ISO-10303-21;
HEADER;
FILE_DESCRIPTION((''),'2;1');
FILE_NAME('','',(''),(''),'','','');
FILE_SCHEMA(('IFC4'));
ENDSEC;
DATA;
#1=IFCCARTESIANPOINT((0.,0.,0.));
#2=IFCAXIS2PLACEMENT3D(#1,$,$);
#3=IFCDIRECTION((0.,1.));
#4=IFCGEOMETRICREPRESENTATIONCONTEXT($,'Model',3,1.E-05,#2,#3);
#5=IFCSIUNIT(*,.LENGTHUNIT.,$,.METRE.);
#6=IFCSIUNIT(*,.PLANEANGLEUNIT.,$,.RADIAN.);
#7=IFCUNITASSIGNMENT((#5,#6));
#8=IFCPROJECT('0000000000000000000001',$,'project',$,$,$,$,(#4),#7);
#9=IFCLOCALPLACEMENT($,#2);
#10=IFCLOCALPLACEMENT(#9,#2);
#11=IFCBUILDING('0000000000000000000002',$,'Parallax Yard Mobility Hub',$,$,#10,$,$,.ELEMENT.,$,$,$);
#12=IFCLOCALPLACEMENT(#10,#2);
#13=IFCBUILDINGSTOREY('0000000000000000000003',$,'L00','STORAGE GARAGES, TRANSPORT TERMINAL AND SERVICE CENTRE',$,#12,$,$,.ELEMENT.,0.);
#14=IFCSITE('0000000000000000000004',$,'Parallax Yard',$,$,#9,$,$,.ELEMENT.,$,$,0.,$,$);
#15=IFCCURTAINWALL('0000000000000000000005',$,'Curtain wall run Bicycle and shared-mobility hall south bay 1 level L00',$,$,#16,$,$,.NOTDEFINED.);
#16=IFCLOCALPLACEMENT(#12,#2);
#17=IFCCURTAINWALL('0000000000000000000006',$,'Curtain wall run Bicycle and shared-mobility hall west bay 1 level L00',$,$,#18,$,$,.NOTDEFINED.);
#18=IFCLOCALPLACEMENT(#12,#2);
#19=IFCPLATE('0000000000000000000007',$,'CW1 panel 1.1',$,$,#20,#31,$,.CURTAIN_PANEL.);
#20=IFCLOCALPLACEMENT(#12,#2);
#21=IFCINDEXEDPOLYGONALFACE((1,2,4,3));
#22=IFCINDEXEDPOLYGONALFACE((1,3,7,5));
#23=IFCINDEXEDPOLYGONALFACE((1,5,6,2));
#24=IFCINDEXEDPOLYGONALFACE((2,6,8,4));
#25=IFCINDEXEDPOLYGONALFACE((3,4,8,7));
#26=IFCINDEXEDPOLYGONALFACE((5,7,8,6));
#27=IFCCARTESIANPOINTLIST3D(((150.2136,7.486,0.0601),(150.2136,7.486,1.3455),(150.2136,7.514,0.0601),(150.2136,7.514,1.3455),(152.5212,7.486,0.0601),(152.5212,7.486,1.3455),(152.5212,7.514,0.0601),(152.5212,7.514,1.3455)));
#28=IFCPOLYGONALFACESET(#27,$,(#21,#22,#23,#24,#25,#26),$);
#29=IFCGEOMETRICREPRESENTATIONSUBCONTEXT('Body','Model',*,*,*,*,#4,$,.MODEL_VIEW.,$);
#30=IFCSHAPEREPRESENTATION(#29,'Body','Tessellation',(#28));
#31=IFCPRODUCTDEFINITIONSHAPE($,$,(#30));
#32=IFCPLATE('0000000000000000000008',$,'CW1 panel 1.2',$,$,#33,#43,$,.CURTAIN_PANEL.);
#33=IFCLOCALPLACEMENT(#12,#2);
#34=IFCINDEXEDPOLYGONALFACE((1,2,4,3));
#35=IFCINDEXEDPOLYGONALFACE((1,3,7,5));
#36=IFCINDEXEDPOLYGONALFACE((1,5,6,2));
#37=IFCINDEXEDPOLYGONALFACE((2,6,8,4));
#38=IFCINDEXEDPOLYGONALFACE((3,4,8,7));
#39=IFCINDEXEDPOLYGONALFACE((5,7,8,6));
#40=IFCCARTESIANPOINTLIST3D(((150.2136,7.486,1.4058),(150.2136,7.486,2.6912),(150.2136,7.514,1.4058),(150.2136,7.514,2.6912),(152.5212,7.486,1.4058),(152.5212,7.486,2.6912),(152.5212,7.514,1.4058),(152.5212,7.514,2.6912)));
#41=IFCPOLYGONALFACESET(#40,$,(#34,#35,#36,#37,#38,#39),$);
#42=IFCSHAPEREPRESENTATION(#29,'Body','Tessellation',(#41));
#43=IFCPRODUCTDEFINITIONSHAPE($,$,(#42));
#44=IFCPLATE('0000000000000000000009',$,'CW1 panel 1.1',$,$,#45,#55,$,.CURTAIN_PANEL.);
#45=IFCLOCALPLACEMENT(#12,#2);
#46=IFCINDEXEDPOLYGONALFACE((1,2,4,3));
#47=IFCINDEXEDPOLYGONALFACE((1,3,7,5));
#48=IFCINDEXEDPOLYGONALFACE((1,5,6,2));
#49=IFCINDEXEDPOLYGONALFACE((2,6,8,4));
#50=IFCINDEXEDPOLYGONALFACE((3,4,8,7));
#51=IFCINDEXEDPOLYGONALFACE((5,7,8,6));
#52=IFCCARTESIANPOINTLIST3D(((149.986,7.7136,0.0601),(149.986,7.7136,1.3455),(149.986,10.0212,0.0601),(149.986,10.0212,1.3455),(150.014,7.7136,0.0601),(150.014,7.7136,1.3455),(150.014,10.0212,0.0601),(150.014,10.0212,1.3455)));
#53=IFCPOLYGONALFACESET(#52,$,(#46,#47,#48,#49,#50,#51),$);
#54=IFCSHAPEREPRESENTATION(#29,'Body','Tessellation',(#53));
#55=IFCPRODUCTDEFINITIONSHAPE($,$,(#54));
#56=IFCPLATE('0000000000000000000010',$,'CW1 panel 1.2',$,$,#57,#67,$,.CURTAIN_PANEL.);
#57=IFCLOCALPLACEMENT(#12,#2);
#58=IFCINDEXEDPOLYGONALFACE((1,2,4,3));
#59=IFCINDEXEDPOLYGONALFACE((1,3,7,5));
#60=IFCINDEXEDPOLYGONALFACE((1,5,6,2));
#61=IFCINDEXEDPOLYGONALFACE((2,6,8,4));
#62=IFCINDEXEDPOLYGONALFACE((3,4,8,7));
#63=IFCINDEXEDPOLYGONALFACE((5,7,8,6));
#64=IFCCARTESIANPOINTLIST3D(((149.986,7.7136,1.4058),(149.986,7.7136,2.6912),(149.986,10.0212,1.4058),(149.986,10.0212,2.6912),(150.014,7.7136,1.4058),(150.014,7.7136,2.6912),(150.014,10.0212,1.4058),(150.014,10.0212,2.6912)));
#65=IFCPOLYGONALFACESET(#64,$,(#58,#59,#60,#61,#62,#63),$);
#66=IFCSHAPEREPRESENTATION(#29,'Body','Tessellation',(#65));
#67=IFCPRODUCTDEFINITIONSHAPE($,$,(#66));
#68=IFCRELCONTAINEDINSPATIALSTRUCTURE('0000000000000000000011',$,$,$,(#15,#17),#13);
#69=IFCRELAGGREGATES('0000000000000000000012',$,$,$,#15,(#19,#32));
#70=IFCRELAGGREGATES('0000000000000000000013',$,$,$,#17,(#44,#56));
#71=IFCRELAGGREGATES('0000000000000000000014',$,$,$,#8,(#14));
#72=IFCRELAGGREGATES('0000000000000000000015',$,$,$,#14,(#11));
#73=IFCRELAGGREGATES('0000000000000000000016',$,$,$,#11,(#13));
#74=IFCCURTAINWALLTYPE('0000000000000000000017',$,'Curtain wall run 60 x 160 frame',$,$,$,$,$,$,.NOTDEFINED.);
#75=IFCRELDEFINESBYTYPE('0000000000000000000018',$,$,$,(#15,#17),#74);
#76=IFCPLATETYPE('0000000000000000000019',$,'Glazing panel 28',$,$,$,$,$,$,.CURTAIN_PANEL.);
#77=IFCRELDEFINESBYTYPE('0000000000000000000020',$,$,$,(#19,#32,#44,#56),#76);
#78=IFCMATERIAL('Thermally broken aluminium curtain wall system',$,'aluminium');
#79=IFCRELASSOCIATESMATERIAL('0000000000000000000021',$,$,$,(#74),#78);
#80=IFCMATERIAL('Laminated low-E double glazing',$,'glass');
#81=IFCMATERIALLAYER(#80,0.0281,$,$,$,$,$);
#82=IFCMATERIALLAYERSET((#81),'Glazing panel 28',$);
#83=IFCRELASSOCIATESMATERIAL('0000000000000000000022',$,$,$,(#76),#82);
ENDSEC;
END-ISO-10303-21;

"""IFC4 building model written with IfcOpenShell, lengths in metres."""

from ifc_helpers import new_model, si_unit, direction, frame, origin, origin_2d, place, context, subcontext, project, spatial, rectangle, extrude, material, layer, layer_set, type_object, element, aggregate, save


model = new_model("IFC4")

# Units and contexts
model_context = context("Model", 3, precision=1e-05, world=origin(), true_north=direction((0.0, 1.0)))
body_context = subcontext(model_context, "Body", "Model", "MODEL_VIEW")
ifc_project = project(units=[si_unit("LENGTHUNIT", "METRE"), si_unit("PLANEANGLEUNIT", "RADIAN")], contexts=[model_context])

# Site, building, storey
site_placement = place(None, origin())
site = spatial("IfcSite", under=ifc_project, at=site_placement, Name="Parallax Yard", CompositionType="ELEMENT", RefElevation=0.0)
building_placement = place(site_placement, origin())
building = spatial("IfcBuilding", under=site, at=building_placement, Name="Parallax Yard Mobility Hub", CompositionType="ELEMENT")
storey_placement = place(building_placement, origin())
storey = spatial("IfcBuildingStorey", under=building, at=storey_placement, Name="L00", Description="STORAGE GARAGES, TRANSPORT TERMINAL AND SERVICE CENTRE", CompositionType="ELEMENT", Elevation=0.0)

# Curtain wall
ifc_material_1 = material(Name="Thermally broken aluminium curtain wall system", Category="aluminium")
curtain_wall_type = type_object("IfcCurtainWallType", Name="Curtain wall run 60 x 160 frame", PredefinedType="NOTDEFINED", material=ifc_material_1)
curtain_wall_1_placement = place(storey_placement, origin())
curtain_wall_1 = element("IfcCurtainWall", 1, at=curtain_wall_1_placement, inside=storey, type_object=curtain_wall_type, Name="Curtain wall run Bicycle and shared-mobility hall south bay 1 level L00", PredefinedType="NOTDEFINED")

# Curtain wall
curtain_wall_2_placement = place(storey_placement, origin())
curtain_wall_2 = element("IfcCurtainWall", 2, at=curtain_wall_2_placement, inside=storey, type_object=curtain_wall_type, Name="Curtain wall run Bicycle and shared-mobility hall west bay 1 level L00", PredefinedType="NOTDEFINED")

# Plates
ifc_material_2 = material(Name="Laminated low-E double glazing", Category="glass")
ifc_layer = layer(ifc_material_2, 0.0281)
ifc_layer_set = layer_set([ifc_layer], Name="Glazing panel 28")
plate_type = type_object("IfcPlateType", Name="Glazing panel 28", PredefinedType="CURTAIN_PANEL", material=ifc_layer_set)
plate_1_placement = place(storey_placement, frame((151.3674, 7.5, 0.0601), z_axis=(0.0, 0.0, 1.0), x_axis=(1.0, 0.0, 0.0)))
plate_1 = element("IfcPlate", 3, at=plate_1_placement, type_object=plate_type, Name="CW1 panel 1.1", PredefinedType="CURTAIN_PANEL", context=body_context, shape_type="SweptSolid", body=[
    extrude(rectangle(XDim=2.3076, YDim=0.0281, at=origin_2d()), origin(), (0.0, 0.0, 1.0), 1.2854),
])
plate_2_placement = place(storey_placement, frame((151.3674, 7.5, 1.4058), z_axis=(0.0, 0.0, 1.0), x_axis=(1.0, 0.0, 0.0)))
plate_2 = element("IfcPlate", 4, at=plate_2_placement, type_object=plate_type, Name="CW1 panel 1.2", PredefinedType="CURTAIN_PANEL", context=body_context, shape_type="SweptSolid", body=[
    extrude(rectangle(XDim=2.3076, YDim=0.0281, at=origin_2d()), origin(), (0.0, 0.0, 1.0), 1.2854),
])
aggregate(curtain_wall_1, [plate_1, plate_2])
plate_3_placement = place(storey_placement, frame((150.0, 8.8674, 0.0601), z_axis=(0.0, 0.0, 1.0), x_axis=(0.0, 1.0, 0.0)))
plate_3 = element("IfcPlate", 5, at=plate_3_placement, type_object=plate_type, Name="CW1 panel 1.1", PredefinedType="CURTAIN_PANEL", context=body_context, shape_type="SweptSolid", body=[
    extrude(rectangle(XDim=2.3076, YDim=0.0281, at=origin_2d()), origin(), (0.0, 0.0, 1.0), 1.2854),
])
plate_4_placement = place(storey_placement, frame((150.0, 8.8674, 1.4058), z_axis=(0.0, 0.0, 1.0), x_axis=(0.0, 1.0, 0.0)))
plate_4 = element("IfcPlate", 6, at=plate_4_placement, type_object=plate_type, Name="CW1 panel 1.2", PredefinedType="CURTAIN_PANEL", context=body_context, shape_type="SweptSolid", body=[
    extrude(rectangle(XDim=2.3076, YDim=0.0281, at=origin_2d()), origin(), (0.0, 0.0, 1.0), 1.2854),
])
aggregate(curtain_wall_2, [plate_3, plate_4])

save(model, "model.ifc")
